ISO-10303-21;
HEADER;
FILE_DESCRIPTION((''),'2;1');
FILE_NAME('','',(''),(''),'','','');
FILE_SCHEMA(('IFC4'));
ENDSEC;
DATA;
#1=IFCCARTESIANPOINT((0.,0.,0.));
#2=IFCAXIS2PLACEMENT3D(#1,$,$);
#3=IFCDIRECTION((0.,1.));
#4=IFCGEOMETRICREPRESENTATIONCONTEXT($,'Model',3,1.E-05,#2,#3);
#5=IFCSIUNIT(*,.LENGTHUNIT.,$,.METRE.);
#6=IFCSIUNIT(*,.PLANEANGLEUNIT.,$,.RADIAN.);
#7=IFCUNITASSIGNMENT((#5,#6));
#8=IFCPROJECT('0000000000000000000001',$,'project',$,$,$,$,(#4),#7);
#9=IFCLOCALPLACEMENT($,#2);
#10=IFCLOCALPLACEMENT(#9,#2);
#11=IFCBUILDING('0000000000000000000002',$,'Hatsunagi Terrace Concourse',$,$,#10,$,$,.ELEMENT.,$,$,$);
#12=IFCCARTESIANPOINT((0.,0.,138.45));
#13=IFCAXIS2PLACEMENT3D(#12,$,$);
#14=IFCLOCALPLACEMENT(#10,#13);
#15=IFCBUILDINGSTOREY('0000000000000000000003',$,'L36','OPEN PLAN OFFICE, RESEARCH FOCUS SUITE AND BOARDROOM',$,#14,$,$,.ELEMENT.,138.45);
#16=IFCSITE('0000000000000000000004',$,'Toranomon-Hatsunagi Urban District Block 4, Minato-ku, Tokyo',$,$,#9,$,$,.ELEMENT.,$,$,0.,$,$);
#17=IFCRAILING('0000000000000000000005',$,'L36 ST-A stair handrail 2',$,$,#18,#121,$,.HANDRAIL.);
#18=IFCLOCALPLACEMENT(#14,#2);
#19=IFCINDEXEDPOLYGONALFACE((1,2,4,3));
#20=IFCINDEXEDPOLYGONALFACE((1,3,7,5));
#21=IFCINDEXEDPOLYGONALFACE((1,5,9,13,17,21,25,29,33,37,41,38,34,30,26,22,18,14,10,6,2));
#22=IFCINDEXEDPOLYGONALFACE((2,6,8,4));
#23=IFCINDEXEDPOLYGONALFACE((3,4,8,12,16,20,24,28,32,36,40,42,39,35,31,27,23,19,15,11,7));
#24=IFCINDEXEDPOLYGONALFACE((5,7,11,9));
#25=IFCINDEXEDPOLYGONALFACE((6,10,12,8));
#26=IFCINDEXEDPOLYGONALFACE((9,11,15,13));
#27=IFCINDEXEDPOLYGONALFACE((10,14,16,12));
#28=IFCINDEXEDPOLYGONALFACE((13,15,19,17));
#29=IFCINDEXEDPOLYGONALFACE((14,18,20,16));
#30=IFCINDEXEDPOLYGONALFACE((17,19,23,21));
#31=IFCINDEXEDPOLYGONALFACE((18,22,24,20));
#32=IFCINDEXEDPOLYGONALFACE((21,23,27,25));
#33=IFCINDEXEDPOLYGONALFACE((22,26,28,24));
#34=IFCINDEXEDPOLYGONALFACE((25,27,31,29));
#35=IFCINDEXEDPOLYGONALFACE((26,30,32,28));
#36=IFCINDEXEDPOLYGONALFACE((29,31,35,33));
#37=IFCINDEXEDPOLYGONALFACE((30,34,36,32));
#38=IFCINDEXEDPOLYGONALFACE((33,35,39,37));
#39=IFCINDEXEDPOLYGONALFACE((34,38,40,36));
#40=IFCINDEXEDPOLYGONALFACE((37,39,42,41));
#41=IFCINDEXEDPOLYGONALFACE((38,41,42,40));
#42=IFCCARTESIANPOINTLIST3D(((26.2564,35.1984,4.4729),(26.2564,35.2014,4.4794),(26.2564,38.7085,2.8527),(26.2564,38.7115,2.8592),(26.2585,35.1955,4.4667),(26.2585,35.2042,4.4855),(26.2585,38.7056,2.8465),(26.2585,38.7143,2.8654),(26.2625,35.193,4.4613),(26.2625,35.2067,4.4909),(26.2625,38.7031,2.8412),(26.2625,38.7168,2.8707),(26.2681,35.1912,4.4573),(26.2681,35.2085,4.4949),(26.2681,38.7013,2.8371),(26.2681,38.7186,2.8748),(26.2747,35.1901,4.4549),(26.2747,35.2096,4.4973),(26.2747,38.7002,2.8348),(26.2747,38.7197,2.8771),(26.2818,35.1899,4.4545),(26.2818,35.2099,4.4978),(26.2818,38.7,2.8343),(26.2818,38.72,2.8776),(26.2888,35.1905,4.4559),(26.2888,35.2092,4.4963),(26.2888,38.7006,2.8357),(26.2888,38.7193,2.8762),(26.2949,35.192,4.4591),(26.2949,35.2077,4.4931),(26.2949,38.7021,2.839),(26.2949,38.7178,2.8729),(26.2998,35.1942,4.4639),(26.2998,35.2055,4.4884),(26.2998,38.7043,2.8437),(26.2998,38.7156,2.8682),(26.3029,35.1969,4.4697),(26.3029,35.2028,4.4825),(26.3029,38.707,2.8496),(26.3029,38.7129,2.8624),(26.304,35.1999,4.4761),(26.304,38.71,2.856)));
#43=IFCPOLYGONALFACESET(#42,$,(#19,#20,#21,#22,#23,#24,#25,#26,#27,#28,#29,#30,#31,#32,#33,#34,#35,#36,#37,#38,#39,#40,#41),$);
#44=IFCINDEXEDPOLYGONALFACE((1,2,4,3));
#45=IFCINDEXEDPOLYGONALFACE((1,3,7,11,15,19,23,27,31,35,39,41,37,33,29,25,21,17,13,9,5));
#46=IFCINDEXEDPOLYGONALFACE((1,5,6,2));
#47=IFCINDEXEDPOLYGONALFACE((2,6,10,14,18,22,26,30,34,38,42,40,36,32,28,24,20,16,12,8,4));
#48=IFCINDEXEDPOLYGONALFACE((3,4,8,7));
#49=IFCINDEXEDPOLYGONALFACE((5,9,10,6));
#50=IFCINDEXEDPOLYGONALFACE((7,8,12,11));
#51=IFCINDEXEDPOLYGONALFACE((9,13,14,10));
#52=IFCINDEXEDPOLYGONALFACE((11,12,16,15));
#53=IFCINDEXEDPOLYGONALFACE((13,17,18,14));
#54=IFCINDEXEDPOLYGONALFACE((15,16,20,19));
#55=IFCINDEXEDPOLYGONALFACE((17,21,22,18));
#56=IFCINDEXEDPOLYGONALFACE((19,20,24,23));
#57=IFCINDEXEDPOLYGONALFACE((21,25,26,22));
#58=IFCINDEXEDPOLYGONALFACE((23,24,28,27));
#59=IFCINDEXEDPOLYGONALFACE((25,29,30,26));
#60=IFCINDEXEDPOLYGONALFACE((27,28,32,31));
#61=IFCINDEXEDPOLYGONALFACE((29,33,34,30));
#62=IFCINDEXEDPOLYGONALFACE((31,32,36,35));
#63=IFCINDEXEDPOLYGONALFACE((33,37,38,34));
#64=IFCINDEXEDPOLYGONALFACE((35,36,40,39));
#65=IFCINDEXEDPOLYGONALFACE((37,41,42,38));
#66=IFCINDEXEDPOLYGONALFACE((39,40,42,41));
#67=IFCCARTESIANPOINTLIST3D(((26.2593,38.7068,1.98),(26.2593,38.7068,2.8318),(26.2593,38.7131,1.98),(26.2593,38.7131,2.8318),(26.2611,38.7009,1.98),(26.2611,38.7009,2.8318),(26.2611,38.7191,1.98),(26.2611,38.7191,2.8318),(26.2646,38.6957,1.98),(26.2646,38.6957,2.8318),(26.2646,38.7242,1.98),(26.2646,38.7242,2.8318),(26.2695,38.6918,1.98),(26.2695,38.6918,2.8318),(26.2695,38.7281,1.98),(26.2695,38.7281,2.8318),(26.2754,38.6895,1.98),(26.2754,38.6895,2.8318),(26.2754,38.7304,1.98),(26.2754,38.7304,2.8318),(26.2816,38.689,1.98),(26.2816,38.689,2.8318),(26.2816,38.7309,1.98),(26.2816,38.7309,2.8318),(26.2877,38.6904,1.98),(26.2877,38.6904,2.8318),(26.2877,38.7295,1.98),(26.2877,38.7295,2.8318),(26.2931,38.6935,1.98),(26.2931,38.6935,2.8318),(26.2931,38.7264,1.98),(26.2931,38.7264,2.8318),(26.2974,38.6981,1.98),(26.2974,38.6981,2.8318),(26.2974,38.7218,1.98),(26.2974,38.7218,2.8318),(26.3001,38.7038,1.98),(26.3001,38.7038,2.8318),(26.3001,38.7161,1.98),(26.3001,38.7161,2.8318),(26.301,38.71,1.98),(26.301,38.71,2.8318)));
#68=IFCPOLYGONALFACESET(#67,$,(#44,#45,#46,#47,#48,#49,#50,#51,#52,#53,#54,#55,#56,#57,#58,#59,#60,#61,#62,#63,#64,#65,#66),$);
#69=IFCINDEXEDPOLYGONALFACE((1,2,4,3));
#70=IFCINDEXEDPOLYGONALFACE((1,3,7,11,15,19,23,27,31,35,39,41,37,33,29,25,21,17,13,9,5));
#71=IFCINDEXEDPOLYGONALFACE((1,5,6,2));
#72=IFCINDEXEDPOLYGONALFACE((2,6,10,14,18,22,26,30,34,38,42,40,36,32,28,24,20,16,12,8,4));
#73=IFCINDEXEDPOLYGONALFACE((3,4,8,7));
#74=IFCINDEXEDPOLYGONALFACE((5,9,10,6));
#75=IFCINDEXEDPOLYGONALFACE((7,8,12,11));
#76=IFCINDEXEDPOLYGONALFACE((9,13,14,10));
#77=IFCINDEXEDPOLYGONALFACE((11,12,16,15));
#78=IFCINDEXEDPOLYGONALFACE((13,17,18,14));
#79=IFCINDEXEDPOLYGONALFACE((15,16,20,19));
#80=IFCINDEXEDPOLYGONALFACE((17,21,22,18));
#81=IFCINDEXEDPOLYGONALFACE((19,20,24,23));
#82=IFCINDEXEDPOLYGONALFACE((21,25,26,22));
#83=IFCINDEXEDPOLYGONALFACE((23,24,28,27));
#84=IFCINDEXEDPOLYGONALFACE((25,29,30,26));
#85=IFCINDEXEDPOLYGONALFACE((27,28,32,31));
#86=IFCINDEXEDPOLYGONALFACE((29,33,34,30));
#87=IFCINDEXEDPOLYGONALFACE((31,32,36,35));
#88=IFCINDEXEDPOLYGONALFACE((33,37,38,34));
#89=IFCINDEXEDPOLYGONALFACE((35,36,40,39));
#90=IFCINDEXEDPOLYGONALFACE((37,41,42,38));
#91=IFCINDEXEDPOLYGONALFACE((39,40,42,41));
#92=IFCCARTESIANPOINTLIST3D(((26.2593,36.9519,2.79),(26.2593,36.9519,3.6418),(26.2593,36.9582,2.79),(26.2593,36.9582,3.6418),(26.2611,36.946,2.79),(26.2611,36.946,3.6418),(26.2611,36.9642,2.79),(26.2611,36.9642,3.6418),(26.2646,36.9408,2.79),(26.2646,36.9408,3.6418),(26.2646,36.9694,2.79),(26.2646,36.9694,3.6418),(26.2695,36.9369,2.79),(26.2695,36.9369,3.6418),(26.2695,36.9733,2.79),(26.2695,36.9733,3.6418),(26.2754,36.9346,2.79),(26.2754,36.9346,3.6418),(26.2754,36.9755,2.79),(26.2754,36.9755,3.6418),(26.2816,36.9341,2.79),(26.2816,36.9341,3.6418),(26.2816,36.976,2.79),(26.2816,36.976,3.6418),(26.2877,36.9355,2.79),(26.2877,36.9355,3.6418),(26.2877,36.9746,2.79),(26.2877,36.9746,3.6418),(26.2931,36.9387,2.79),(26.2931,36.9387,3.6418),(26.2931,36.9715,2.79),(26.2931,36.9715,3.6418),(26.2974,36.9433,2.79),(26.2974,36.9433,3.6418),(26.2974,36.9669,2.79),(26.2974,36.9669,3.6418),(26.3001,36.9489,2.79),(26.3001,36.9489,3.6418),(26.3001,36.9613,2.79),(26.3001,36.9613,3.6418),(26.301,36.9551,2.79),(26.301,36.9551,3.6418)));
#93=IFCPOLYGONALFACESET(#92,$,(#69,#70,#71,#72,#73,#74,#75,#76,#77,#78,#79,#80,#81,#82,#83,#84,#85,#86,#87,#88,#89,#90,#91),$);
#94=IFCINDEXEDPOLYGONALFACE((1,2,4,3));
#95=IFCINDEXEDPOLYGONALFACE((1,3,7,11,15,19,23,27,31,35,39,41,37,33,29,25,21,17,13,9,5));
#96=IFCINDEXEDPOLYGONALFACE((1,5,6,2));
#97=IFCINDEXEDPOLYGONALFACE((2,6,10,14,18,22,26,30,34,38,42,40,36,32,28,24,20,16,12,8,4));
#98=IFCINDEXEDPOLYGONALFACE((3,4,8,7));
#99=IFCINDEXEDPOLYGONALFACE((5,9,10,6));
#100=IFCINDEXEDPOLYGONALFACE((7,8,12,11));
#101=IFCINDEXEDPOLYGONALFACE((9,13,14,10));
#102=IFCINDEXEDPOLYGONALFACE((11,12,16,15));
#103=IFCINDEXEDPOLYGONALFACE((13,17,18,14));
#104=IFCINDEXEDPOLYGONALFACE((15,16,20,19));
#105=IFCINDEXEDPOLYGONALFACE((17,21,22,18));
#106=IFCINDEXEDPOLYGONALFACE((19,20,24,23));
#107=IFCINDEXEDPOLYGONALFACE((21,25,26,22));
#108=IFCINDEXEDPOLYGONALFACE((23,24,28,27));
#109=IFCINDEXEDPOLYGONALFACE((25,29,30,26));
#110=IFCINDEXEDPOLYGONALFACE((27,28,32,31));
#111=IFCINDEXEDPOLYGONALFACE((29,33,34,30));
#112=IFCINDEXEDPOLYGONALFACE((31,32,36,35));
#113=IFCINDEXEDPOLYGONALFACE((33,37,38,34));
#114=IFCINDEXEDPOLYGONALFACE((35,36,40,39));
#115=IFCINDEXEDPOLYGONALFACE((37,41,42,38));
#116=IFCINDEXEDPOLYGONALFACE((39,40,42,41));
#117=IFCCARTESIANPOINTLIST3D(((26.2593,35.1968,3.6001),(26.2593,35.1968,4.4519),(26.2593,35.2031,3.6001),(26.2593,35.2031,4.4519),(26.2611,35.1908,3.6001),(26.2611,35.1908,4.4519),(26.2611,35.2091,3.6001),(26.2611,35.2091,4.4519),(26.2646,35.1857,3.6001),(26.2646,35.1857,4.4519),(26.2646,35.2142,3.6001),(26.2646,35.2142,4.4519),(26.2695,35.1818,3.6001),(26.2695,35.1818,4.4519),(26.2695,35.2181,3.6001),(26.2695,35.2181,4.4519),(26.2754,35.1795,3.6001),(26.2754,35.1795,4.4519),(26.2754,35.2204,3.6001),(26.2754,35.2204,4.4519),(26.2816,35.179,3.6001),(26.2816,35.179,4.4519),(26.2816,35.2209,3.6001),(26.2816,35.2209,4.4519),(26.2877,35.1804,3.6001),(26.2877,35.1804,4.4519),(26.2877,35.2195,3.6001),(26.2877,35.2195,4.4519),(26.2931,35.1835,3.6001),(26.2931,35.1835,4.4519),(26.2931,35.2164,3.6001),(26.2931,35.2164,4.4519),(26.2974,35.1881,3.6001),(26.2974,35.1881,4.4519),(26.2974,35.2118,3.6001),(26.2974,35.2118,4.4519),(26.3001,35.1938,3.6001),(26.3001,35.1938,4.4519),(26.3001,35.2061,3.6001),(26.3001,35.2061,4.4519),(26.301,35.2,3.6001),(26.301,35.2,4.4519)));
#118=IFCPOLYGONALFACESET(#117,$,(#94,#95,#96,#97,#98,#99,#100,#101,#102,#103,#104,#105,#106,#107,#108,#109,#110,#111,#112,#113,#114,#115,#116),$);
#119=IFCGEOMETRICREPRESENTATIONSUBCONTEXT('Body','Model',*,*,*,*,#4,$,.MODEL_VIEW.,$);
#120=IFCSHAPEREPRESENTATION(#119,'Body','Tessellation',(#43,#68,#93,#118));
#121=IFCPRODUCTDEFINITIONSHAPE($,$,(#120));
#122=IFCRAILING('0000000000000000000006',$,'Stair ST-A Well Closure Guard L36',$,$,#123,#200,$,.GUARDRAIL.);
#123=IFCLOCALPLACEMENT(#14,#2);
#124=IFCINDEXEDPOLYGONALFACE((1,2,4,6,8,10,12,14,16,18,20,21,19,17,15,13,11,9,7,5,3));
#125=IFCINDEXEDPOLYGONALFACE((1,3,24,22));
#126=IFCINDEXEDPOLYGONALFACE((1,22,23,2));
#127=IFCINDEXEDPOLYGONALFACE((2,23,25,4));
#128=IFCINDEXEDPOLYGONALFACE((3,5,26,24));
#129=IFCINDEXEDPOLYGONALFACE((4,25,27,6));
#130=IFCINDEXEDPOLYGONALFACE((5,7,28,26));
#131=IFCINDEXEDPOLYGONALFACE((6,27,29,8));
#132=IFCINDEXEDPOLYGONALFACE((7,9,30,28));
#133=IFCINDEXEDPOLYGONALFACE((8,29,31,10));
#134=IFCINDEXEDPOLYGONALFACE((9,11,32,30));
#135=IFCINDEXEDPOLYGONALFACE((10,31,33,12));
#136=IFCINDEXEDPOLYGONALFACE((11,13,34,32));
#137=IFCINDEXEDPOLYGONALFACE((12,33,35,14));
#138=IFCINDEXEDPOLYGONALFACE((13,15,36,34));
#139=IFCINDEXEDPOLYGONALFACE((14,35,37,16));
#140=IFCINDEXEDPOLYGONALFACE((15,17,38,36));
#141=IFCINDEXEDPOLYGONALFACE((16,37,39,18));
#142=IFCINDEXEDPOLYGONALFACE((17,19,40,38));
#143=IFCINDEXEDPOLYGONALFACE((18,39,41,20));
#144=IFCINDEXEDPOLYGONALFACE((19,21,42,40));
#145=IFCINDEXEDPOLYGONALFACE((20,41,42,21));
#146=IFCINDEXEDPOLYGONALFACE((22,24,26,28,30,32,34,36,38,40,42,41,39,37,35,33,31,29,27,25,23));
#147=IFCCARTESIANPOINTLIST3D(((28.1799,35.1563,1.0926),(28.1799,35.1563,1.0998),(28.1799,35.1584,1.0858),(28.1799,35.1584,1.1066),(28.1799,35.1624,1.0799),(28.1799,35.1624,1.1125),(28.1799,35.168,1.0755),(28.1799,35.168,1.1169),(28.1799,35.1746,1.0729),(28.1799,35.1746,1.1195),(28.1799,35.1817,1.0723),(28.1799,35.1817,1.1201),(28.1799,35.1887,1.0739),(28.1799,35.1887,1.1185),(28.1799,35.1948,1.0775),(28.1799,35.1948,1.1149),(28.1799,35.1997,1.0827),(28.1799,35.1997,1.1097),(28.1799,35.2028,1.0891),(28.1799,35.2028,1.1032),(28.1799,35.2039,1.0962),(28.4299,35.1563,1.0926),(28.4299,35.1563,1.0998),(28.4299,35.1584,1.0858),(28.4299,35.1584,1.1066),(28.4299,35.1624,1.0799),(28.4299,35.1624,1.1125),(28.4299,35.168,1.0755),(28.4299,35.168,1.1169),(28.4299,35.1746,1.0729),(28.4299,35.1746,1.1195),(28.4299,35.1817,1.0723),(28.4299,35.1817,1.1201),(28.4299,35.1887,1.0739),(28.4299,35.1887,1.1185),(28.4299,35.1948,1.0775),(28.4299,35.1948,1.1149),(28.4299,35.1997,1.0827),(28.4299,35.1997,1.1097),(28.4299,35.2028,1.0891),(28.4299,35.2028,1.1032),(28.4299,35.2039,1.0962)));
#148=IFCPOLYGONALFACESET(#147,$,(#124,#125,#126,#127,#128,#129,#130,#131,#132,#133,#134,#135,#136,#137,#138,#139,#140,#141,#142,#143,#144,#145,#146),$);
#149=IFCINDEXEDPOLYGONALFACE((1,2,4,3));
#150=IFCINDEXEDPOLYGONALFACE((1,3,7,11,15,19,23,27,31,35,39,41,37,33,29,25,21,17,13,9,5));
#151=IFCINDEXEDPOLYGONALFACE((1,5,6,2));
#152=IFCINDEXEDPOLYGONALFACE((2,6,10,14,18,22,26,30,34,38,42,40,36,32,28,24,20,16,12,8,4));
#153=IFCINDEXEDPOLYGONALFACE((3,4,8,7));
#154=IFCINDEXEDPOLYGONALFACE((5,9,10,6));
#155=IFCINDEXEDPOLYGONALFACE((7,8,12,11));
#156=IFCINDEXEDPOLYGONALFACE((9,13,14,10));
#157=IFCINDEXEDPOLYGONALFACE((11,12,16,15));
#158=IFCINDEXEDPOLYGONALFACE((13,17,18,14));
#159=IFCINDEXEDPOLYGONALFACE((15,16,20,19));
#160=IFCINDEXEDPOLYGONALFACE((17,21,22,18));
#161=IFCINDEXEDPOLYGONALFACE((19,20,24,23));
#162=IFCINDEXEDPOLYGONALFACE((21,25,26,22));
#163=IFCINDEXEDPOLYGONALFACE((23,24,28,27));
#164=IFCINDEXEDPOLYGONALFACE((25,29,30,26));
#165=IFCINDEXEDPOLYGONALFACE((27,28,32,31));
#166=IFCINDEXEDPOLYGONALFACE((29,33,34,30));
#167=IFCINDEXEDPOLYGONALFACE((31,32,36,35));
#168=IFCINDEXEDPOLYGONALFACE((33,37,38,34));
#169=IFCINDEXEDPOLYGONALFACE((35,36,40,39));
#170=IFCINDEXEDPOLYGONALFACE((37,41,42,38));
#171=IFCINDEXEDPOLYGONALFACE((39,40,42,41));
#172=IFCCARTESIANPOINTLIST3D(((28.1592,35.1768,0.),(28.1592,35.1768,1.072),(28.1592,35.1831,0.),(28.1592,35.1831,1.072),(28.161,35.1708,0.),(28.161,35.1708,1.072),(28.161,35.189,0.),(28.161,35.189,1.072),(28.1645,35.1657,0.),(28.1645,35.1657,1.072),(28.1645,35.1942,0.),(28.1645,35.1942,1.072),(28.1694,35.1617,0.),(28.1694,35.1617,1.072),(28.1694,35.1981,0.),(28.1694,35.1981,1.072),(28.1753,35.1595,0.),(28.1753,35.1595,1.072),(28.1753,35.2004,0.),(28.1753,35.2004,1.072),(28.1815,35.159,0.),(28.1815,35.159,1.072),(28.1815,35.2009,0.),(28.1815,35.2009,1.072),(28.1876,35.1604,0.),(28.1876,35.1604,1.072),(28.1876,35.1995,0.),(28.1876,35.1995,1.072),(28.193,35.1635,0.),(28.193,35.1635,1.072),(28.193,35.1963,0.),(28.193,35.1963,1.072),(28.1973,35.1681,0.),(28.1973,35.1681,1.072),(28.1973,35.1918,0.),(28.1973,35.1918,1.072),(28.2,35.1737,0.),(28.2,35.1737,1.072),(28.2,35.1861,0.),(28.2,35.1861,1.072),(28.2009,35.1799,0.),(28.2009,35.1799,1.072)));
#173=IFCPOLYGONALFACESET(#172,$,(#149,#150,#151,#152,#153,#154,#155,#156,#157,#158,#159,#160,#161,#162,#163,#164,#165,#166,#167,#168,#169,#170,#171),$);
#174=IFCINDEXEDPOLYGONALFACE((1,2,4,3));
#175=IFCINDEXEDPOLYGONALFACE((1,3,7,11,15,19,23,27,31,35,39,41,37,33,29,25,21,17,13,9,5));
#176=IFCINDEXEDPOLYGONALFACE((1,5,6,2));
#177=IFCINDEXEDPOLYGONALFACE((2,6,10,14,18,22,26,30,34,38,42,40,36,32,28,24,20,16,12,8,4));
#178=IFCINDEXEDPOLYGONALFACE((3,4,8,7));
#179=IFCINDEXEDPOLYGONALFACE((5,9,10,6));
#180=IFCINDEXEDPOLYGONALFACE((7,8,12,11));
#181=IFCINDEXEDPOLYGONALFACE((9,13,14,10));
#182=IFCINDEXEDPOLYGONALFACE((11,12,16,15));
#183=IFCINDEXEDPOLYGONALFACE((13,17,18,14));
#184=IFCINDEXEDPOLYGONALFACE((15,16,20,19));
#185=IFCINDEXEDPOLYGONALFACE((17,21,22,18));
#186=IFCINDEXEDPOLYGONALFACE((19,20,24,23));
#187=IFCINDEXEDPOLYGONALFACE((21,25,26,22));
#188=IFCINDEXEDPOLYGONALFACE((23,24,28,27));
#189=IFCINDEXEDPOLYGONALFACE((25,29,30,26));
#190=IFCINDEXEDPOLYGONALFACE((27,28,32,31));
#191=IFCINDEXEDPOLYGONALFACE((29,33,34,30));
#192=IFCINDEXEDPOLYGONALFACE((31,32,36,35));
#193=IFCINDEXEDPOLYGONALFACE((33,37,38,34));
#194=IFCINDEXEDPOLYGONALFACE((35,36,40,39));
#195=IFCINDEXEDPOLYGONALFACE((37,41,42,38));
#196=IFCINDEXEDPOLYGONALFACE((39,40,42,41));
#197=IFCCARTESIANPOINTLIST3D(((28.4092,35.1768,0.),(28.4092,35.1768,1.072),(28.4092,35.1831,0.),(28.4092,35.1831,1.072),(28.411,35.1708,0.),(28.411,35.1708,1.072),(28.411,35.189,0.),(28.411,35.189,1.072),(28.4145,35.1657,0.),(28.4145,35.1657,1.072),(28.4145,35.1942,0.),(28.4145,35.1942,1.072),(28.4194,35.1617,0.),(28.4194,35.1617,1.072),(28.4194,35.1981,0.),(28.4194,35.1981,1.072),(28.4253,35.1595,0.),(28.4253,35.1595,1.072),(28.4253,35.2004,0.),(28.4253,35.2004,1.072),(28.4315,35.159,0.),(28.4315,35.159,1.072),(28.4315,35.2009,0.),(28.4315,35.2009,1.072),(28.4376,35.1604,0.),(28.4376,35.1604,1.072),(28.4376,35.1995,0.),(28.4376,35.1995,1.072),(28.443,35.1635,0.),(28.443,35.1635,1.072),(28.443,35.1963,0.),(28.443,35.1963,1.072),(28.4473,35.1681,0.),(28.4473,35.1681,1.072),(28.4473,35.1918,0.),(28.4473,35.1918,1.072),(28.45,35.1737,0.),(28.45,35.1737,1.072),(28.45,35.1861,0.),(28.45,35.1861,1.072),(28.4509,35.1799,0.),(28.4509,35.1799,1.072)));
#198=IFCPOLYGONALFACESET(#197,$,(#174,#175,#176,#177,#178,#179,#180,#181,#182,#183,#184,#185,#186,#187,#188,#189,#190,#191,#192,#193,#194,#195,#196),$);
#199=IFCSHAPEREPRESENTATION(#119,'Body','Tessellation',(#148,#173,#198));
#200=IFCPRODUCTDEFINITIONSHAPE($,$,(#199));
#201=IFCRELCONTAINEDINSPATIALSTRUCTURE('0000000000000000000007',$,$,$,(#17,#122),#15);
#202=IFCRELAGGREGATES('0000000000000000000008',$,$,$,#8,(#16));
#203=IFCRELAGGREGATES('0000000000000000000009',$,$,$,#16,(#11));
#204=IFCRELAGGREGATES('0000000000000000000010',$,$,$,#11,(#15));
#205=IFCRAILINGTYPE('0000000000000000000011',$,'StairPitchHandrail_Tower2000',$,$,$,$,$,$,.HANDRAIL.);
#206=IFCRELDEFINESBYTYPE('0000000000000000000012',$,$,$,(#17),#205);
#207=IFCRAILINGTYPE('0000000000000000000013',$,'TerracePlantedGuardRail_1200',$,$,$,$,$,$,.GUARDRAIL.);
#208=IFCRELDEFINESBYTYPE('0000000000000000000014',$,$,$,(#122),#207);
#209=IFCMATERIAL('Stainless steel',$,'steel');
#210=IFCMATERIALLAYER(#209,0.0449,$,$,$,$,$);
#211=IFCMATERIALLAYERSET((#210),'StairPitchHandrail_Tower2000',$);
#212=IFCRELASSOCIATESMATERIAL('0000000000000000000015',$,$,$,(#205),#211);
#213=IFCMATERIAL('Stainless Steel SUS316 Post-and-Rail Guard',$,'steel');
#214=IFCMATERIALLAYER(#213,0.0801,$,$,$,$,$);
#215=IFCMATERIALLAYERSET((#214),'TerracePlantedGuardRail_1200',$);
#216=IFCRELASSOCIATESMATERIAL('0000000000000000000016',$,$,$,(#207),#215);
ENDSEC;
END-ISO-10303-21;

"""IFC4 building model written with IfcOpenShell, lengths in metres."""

from ifc_helpers import new_model, si_unit, direction, frame, origin, origin_2d, place, context, subcontext, project, spatial, circle, extrude, material, layer, layer_set, type_object, element, save


model = new_model("IFC4")

# Units and contexts
model_context = context("Model", 3, precision=1e-05, world=origin(), true_north=direction((0.0, 1.0)))
body_context = subcontext(model_context, "Body", "Model", "MODEL_VIEW")
ifc_project = project(units=[si_unit("LENGTHUNIT", "METRE"), si_unit("PLANEANGLEUNIT", "RADIAN")], contexts=[model_context])

# Site, building, storey
site_placement = place(None, origin())
site = spatial("IfcSite", under=ifc_project, at=site_placement, Name="Toranomon-Hatsunagi Urban District Block 4, Minato-ku, Tokyo", CompositionType="ELEMENT", RefElevation=0.0)
building_placement = place(site_placement, origin())
building = spatial("IfcBuilding", under=site, at=building_placement, Name="Hatsunagi Terrace Concourse", CompositionType="ELEMENT")
storey_placement = place(building_placement, frame((0.0, 0.0, 138.45)))
storey = spatial("IfcBuildingStorey", under=building, at=storey_placement, Name="L36", Description="OPEN PLAN OFFICE, RESEARCH FOCUS SUITE AND BOARDROOM", CompositionType="ELEMENT", Elevation=138.45)

# Railings
ifc_material_1 = material(Name="Stainless steel", Category="steel")
ifc_layer_1 = layer(ifc_material_1, 0.0449)
ifc_layer_set_1 = layer_set([ifc_layer_1], Name="StairPitchHandrail_Tower2000")
railing_type_1 = type_object("IfcRailingType", Name="StairPitchHandrail_Tower2000", PredefinedType="HANDRAIL", material=ifc_layer_set_1)
railing_1_placement = place(storey_placement, frame((26.28, 38.71, 1.98)))
element("IfcRailing", 1, at=railing_1_placement, inside=storey, type_object=railing_type_1, Name="L36 ST-A stair handrail 2", PredefinedType="HANDRAIL", context=body_context, shape_type="SweptSolid", body=[
    extrude(circle(Radius=0.0239, at=origin_2d()), frame((0.0, 0.0, 0.876), z_axis=(0.0, -0.907948, 0.419082), x_axis=(1.0, 0.0, 0.0)), (0.0, 0.0, 1.0), 3.866),
    extrude(circle(Radius=0.021, at=origin_2d()), origin(), (0.0, 0.0, 1.0), 0.8518),
    extrude(circle(Radius=0.021, at=origin_2d()), frame((0.0, -1.7549, 0.8101)), (0.0, 0.0, 1.0), 0.8518),
    extrude(circle(Radius=0.021, at=origin_2d()), frame((0.0, -3.51, 1.6201)), (0.0, 0.0, 1.0), 0.8518),
])
ifc_material_2 = material(Name="Stainless Steel SUS316 Post-and-Rail Guard", Category="steel")
ifc_layer_2 = layer(ifc_material_2, 0.0801)
ifc_layer_set_2 = layer_set([ifc_layer_2], Name="TerracePlantedGuardRail_1200")
railing_type_2 = type_object("IfcRailingType", Name="TerracePlantedGuardRail_1200", PredefinedType="GUARDRAIL", material=ifc_layer_set_2)
railing_2_placement = place(storey_placement, frame((28.1799, 35.1799, 0.0)))
element("IfcRailing", 2, at=railing_2_placement, inside=storey, type_object=railing_type_2, Name="Stair ST-A Well Closure Guard L36", PredefinedType="GUARDRAIL", context=body_context, shape_type="SweptSolid", body=[
    extrude(circle(Radius=0.0239, at=origin_2d()), frame((0.0, 0.0, 1.0962), z_axis=(1.0, 0.0, 0.0), x_axis=(0.0, 1.0, 0.0)), (0.0, 0.0, 1.0), 0.25),
    extrude(circle(Radius=0.021, at=origin_2d()), origin(), (0.0, 0.0, 1.0), 1.072),
    extrude(circle(Radius=0.021, at=origin_2d()), frame((0.25, 0.0, 0.0)), (0.0, 0.0, 1.0), 1.072),
])

save(model, "model.ifc")
